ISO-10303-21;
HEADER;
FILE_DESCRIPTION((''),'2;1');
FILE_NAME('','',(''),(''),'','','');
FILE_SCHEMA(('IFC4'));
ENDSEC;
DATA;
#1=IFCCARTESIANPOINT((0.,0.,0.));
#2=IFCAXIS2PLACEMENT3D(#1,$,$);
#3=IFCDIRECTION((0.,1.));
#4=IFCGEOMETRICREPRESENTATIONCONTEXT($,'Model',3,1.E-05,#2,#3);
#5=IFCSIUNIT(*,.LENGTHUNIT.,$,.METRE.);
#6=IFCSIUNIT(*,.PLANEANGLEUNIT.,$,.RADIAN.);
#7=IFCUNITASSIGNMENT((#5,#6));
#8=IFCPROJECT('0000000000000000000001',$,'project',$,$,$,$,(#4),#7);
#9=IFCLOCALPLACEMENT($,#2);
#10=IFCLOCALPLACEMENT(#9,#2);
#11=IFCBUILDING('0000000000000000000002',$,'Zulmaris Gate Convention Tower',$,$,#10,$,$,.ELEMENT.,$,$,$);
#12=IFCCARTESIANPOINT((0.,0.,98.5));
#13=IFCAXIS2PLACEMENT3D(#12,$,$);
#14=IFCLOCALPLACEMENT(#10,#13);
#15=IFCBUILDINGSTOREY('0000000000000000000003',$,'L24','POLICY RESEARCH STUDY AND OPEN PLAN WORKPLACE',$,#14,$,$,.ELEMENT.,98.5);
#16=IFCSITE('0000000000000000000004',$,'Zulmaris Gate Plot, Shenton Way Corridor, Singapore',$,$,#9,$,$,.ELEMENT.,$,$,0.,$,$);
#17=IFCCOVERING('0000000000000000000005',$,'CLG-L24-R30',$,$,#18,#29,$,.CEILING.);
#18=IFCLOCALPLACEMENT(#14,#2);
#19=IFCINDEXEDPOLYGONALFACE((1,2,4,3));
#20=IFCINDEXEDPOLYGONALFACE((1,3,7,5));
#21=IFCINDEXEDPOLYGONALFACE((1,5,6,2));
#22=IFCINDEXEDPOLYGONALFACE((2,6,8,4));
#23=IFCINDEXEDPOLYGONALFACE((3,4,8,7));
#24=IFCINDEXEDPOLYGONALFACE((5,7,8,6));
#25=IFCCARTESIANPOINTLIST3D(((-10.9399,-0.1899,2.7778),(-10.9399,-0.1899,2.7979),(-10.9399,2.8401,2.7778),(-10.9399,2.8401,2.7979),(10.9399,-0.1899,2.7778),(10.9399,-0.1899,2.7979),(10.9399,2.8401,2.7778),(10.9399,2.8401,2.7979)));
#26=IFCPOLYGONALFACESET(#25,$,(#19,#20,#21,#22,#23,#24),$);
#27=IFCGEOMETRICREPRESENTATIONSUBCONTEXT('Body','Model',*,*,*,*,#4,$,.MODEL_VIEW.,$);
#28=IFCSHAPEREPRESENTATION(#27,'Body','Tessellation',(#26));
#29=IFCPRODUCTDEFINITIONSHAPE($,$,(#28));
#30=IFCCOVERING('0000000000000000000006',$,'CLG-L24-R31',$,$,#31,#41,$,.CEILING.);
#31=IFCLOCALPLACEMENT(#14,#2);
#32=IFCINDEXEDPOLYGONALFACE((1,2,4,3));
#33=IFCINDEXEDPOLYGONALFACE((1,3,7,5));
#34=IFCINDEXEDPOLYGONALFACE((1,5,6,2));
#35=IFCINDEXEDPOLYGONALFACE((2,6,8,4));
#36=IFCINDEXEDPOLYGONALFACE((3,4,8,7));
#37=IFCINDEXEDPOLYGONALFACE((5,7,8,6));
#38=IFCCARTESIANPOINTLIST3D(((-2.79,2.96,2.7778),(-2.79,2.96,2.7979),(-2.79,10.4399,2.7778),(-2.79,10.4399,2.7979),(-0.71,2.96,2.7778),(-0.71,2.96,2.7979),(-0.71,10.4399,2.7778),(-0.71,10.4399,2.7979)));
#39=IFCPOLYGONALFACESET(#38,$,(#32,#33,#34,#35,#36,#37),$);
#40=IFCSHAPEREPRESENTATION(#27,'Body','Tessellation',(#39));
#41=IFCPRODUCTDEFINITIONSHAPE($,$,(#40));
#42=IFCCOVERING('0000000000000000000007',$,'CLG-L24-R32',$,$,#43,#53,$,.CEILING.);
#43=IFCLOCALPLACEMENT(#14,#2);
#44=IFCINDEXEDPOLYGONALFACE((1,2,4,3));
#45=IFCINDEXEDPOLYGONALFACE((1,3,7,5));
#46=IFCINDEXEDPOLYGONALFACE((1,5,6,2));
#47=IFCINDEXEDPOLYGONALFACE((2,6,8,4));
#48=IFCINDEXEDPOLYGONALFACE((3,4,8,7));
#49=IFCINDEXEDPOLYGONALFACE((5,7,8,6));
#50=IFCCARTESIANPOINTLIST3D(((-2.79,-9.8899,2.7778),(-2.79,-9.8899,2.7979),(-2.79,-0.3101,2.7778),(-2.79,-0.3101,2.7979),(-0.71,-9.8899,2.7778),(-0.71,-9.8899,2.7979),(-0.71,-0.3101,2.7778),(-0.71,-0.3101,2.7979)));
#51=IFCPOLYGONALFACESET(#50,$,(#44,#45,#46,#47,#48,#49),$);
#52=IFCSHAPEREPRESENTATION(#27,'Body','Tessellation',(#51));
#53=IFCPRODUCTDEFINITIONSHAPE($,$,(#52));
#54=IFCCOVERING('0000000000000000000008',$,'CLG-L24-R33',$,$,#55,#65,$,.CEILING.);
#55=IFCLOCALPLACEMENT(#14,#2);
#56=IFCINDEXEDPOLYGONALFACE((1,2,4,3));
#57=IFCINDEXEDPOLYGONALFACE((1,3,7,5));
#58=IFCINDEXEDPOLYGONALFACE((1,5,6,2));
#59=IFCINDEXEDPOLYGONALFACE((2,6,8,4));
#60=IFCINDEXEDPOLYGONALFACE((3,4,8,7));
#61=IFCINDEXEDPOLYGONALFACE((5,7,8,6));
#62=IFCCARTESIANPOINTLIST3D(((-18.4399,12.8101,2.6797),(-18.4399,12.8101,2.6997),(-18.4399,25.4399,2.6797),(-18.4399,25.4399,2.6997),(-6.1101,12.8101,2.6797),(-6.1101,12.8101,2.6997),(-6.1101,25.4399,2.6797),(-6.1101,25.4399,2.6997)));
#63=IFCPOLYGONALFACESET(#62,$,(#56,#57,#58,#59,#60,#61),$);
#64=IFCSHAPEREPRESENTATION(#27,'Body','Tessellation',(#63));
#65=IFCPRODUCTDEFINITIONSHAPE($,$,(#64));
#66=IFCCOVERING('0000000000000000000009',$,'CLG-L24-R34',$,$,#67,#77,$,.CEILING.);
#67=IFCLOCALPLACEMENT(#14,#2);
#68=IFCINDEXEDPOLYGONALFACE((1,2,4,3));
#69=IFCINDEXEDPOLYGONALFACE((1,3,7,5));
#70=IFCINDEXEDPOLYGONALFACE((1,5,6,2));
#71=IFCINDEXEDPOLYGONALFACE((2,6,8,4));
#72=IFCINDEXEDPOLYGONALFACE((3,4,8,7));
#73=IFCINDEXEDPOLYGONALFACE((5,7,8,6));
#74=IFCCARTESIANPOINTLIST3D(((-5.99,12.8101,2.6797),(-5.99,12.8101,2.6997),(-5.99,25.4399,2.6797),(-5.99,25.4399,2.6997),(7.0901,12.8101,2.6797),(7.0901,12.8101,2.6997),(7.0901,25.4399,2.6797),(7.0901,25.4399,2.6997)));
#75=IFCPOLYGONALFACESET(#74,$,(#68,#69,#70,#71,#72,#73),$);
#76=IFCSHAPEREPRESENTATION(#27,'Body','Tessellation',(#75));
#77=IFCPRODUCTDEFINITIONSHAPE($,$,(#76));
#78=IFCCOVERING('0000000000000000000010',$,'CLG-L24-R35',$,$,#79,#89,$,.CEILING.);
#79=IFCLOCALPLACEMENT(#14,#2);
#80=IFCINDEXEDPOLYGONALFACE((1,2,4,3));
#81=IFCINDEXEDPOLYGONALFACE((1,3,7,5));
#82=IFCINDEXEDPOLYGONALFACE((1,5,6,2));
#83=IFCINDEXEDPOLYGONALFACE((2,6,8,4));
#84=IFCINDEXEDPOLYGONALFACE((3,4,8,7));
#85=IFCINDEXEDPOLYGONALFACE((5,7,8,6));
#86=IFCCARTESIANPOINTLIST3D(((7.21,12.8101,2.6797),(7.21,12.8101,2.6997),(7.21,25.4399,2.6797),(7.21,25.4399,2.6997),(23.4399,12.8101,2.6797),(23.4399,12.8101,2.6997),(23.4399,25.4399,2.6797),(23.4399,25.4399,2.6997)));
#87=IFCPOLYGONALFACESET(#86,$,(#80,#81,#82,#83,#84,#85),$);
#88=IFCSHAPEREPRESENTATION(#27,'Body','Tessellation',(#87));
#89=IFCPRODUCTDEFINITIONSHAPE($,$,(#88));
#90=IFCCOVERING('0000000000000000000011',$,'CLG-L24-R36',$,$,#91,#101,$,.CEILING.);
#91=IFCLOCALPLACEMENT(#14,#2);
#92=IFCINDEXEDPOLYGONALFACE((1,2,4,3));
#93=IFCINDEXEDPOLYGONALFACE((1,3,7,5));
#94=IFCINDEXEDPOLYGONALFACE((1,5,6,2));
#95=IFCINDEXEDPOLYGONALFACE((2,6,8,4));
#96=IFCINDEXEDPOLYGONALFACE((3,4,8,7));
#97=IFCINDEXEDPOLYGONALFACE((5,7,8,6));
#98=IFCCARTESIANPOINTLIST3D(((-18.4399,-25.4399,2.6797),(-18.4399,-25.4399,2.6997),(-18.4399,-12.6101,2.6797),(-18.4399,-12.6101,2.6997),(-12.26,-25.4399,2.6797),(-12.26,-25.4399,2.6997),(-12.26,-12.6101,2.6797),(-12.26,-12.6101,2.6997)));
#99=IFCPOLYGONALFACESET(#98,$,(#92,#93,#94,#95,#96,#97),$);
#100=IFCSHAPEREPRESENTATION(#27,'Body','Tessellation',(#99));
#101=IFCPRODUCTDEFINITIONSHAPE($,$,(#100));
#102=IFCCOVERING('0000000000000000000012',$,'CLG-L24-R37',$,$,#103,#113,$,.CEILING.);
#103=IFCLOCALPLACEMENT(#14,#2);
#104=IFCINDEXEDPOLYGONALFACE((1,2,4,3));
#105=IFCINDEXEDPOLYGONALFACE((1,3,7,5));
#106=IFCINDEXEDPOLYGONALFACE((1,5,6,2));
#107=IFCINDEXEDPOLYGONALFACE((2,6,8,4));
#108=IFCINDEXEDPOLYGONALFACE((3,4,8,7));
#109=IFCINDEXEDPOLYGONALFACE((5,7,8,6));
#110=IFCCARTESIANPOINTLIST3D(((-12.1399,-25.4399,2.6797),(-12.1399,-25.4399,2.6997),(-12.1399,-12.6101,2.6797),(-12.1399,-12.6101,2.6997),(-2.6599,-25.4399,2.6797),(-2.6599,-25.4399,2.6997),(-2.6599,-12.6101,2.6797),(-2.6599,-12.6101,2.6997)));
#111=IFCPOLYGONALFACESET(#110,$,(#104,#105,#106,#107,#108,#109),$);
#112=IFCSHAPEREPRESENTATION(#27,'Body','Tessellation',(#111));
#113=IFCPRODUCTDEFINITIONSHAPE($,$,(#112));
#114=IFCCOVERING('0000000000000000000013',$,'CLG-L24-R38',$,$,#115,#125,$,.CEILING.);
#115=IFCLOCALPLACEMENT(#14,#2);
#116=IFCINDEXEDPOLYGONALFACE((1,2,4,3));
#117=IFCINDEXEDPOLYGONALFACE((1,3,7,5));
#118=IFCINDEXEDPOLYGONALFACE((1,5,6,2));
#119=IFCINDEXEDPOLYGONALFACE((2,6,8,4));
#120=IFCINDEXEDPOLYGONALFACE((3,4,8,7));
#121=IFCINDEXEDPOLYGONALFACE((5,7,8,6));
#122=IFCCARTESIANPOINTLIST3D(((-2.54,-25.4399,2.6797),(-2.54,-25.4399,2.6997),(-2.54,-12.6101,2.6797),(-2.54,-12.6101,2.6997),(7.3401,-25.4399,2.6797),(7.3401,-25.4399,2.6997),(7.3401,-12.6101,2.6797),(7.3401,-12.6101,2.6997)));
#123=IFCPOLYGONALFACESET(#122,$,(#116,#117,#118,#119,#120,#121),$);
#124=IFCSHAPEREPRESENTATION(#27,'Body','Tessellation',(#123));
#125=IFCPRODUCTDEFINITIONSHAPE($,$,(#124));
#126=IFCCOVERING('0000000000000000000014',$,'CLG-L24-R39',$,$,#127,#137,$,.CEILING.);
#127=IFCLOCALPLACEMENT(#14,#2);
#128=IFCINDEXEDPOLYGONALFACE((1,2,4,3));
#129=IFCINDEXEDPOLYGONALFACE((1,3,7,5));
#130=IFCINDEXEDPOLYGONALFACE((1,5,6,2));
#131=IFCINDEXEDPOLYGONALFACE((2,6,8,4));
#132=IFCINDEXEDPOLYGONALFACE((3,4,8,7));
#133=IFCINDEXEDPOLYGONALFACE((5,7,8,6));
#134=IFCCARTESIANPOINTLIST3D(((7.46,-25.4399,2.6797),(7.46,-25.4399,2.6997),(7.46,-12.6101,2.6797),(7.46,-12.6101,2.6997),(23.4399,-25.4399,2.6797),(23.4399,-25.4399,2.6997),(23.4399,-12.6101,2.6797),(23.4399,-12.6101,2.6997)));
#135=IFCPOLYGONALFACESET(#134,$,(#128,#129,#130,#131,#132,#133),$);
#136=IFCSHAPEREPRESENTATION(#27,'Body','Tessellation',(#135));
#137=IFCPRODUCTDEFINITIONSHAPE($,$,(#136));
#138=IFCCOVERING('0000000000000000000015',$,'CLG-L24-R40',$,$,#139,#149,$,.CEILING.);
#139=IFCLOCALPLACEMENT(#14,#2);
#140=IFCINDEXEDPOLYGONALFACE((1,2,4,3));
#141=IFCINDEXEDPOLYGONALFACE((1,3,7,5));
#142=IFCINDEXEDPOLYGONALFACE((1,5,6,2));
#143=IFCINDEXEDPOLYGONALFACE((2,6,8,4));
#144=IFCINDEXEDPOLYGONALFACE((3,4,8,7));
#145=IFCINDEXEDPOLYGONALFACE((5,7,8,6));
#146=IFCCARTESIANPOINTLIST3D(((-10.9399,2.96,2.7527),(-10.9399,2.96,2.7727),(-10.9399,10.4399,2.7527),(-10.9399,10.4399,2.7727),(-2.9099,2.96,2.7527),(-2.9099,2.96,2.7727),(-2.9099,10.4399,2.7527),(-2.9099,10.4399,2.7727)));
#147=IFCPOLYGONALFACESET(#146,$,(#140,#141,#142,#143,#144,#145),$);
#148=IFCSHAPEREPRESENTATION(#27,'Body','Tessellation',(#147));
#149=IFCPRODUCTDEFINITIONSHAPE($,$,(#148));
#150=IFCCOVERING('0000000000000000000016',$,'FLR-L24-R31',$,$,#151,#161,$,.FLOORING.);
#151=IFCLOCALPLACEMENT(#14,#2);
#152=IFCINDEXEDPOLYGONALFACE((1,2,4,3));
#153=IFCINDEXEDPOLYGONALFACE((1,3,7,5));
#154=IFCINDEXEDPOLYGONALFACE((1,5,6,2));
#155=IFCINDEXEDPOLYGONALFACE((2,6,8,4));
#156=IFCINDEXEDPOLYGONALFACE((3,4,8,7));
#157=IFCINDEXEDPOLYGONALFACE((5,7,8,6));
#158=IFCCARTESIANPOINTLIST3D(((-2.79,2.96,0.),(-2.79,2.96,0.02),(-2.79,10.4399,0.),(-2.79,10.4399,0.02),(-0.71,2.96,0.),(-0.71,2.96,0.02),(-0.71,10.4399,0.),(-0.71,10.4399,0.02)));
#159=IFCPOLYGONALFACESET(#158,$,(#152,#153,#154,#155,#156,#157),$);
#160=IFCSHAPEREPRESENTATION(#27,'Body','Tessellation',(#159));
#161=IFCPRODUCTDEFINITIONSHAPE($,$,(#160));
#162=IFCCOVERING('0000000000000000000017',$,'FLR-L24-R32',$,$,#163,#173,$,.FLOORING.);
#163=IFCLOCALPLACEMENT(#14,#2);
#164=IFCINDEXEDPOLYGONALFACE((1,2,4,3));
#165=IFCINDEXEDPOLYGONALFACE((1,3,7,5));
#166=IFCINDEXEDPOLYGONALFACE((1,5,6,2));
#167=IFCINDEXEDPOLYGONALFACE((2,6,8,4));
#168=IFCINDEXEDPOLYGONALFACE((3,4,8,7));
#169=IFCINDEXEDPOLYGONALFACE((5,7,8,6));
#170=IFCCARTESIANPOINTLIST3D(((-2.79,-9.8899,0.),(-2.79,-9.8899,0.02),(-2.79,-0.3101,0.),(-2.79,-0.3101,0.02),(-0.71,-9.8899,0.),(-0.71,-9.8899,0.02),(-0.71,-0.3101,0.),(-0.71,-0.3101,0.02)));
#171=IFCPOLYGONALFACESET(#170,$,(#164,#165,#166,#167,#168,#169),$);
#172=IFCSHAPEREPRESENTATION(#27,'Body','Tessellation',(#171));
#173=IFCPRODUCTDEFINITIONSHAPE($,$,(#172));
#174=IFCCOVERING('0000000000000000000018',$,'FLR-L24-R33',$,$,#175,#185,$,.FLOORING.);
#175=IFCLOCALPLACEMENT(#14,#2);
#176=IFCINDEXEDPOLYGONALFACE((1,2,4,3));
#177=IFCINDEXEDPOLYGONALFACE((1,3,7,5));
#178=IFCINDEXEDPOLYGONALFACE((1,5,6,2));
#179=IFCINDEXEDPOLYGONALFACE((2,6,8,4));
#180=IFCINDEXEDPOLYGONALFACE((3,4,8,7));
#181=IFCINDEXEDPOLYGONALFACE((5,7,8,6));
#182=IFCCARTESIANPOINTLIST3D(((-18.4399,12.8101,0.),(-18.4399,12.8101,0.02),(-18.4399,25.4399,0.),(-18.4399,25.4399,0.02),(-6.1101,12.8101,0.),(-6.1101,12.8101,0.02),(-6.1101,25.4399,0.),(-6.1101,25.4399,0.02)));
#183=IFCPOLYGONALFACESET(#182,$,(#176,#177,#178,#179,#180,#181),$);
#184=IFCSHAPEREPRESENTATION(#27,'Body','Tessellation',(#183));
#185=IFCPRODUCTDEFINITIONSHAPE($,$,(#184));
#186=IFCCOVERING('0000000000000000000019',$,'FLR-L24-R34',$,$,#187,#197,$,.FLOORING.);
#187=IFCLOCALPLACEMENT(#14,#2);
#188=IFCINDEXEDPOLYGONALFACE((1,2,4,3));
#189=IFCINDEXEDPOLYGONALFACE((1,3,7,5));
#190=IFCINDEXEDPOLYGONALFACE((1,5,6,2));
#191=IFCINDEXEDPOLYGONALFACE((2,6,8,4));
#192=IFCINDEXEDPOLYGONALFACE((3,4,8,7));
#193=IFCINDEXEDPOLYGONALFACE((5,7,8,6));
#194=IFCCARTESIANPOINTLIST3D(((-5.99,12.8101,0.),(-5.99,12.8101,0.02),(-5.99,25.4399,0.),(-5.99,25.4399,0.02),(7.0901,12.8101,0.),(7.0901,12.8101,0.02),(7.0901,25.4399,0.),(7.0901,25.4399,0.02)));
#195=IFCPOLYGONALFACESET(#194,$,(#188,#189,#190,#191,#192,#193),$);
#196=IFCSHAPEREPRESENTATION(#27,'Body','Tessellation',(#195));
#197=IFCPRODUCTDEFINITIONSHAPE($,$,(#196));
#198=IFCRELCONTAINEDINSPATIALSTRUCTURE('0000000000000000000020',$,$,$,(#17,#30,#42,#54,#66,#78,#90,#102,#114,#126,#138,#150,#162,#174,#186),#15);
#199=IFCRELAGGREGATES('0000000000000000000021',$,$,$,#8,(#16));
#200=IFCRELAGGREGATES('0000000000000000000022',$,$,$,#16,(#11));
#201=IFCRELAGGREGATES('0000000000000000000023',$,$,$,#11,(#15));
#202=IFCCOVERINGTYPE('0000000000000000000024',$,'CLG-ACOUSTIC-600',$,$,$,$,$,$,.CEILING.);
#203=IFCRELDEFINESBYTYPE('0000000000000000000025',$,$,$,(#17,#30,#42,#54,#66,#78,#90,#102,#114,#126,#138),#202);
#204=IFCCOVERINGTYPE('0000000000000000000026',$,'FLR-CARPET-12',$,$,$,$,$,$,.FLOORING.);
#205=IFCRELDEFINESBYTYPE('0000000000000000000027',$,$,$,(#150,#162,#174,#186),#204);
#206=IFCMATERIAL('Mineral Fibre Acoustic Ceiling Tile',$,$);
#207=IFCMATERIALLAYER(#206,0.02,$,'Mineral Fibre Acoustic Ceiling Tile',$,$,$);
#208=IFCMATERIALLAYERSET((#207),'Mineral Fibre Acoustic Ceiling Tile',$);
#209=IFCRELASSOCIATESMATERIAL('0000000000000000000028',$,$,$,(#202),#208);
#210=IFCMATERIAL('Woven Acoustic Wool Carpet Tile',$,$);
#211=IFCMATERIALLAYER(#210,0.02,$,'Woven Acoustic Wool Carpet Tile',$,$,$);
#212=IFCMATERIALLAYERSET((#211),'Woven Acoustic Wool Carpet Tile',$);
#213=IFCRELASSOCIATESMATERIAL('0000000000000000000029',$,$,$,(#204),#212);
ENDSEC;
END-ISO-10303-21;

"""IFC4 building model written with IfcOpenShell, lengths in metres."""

from ifc_helpers import new_model, si_unit, direction, frame, origin, place, context, subcontext, project, spatial, polyline, outline, extrude, material, layer, layer_set, type_object, element, save


model = new_model("IFC4")

# Units and contexts
model_context = context("Model", 3, precision=1e-05, world=origin(), true_north=direction((0.0, 1.0)))
body_context = subcontext(model_context, "Body", "Model", "MODEL_VIEW")
ifc_project = project(units=[si_unit("LENGTHUNIT", "METRE"), si_unit("PLANEANGLEUNIT", "RADIAN")], contexts=[model_context])

# Site, building, storey
site_placement = place(None, origin())
site = spatial("IfcSite", under=ifc_project, at=site_placement, Name="Zulmaris Gate Plot, Shenton Way Corridor, Singapore", CompositionType="ELEMENT", RefElevation=0.0)
building_placement = place(site_placement, origin())
building = spatial("IfcBuilding", under=site, at=building_placement, Name="Zulmaris Gate Convention Tower", CompositionType="ELEMENT")
storey_placement = place(building_placement, frame((0.0, 0.0, 98.5)))
storey = spatial("IfcBuildingStorey", under=building, at=storey_placement, Name="L24", Description="POLICY RESEARCH STUDY AND OPEN PLAN WORKPLACE", CompositionType="ELEMENT", Elevation=98.5)

# Coverings
ifc_material_1 = material(Name="Mineral Fibre Acoustic Ceiling Tile")
ifc_layer_1 = layer(ifc_material_1, 0.02, Name="Mineral Fibre Acoustic Ceiling Tile")
ifc_layer_set_1 = layer_set([ifc_layer_1], Name="Mineral Fibre Acoustic Ceiling Tile")
covering_type_1 = type_object("IfcCoveringType", Name="CLG-ACOUSTIC-600", PredefinedType="CEILING", material=ifc_layer_set_1)
covering_1_placement = place(storey_placement, frame((0.0, 0.0, 2.7778)))
element("IfcCovering", 1, at=covering_1_placement, inside=storey, type_object=covering_type_1, Name="CLG-L24-R30", PredefinedType="CEILING", context=body_context, shape_type="SweptSolid", body=[
    extrude(outline(polyline([(-10.9399, -0.1899), (10.9399, -0.1899), (10.9399, 2.8401), (-10.9399, 2.8401), (-10.9399, -0.1899)])), origin(), (0.0, 0.0, 1.0), 0.02),
])
covering_2_placement = place(storey_placement, frame((0.0, 0.0, 2.7778)))
element("IfcCovering", 2, at=covering_2_placement, inside=storey, type_object=covering_type_1, Name="CLG-L24-R31", PredefinedType="CEILING", context=body_context, shape_type="SweptSolid", body=[
    extrude(outline(polyline([(-2.79, 2.96), (-0.71, 2.96), (-0.71, 10.4399), (-2.79, 10.4399), (-2.79, 2.96)])), origin(), (0.0, 0.0, 1.0), 0.02),
])
covering_3_placement = place(storey_placement, frame((0.0, 0.0, 2.7778)))
element("IfcCovering", 3, at=covering_3_placement, inside=storey, type_object=covering_type_1, Name="CLG-L24-R32", PredefinedType="CEILING", context=body_context, shape_type="SweptSolid", body=[
    extrude(outline(polyline([(-2.79, -9.8899), (-0.71, -9.8899), (-0.71, -0.3101), (-2.79, -0.3101), (-2.79, -9.8899)])), origin(), (0.0, 0.0, 1.0), 0.02),
])
covering_4_placement = place(storey_placement, frame((0.0, 0.0, 2.6797)))
element("IfcCovering", 4, at=covering_4_placement, inside=storey, type_object=covering_type_1, Name="CLG-L24-R33", PredefinedType="CEILING", context=body_context, shape_type="SweptSolid", body=[
    extrude(outline(polyline([(-18.4399, 12.8101), (-6.1101, 12.8101), (-6.1101, 25.4399), (-18.4399, 25.4399), (-18.4399, 12.8101)])), origin(), (0.0, 0.0, 1.0), 0.02),
])
covering_5_placement = place(storey_placement, frame((0.0, 0.0, 2.6797)))
element("IfcCovering", 5, at=covering_5_placement, inside=storey, type_object=covering_type_1, Name="CLG-L24-R34", PredefinedType="CEILING", context=body_context, shape_type="SweptSolid", body=[
    extrude(outline(polyline([(-5.99, 12.8101), (7.0901, 12.8101), (7.0901, 25.4399), (-5.99, 25.4399), (-5.99, 12.8101)])), origin(), (0.0, 0.0, 1.0), 0.02),
])
covering_6_placement = place(storey_placement, frame((0.0, 0.0, 2.6797)))
element("IfcCovering", 6, at=covering_6_placement, inside=storey, type_object=covering_type_1, Name="CLG-L24-R35", PredefinedType="CEILING", context=body_context, shape_type="SweptSolid", body=[
    extrude(outline(polyline([(7.21, 12.8101), (23.4399, 12.8101), (23.4399, 25.4399), (7.21, 25.4399), (7.21, 12.8101)])), origin(), (0.0, 0.0, 1.0), 0.02),
])
covering_7_placement = place(storey_placement, frame((0.0, 0.0, 2.6797)))
element("IfcCovering", 7, at=covering_7_placement, inside=storey, type_object=covering_type_1, Name="CLG-L24-R36", PredefinedType="CEILING", context=body_context, shape_type="SweptSolid", body=[
    extrude(outline(polyline([(-18.4399, -25.4399), (-12.26, -25.4399), (-12.26, -12.6101), (-18.4399, -12.6101), (-18.4399, -25.4399)])), origin(), (0.0, 0.0, 1.0), 0.02),
])
covering_8_placement = place(storey_placement, frame((0.0, 0.0, 2.6797)))
element("IfcCovering", 8, at=covering_8_placement, inside=storey, type_object=covering_type_1, Name="CLG-L24-R37", PredefinedType="CEILING", context=body_context, shape_type="SweptSolid", body=[
    extrude(outline(polyline([(-12.1399, -25.4399), (-2.6599, -25.4399), (-2.6599, -12.6101), (-12.1399, -12.6101), (-12.1399, -25.4399)])), origin(), (0.0, 0.0, 1.0), 0.02),
])
covering_9_placement = place(storey_placement, frame((0.0, 0.0, 2.6797)))
element("IfcCovering", 9, at=covering_9_placement, inside=storey, type_object=covering_type_1, Name="CLG-L24-R38", PredefinedType="CEILING", context=body_context, shape_type="SweptSolid", body=[
    extrude(outline(polyline([(-2.54, -25.4399), (7.3401, -25.4399), (7.3401, -12.6101), (-2.54, -12.6101), (-2.54, -25.4399)])), origin(), (0.0, 0.0, 1.0), 0.02),
])
covering_10_placement = place(storey_placement, frame((0.0, 0.0, 2.6797)))
element("IfcCovering", 10, at=covering_10_placement, inside=storey, type_object=covering_type_1, Name="CLG-L24-R39", PredefinedType="CEILING", context=body_context, shape_type="SweptSolid", body=[
    extrude(outline(polyline([(7.46, -25.4399), (23.4399, -25.4399), (23.4399, -12.6101), (7.46, -12.6101), (7.46, -25.4399)])), origin(), (0.0, 0.0, 1.0), 0.02),
])
covering_11_placement = place(storey_placement, frame((0.0, 0.0, 2.7527)))
element("IfcCovering", 11, at=covering_11_placement, inside=storey, type_object=covering_type_1, Name="CLG-L24-R40", PredefinedType="CEILING", context=body_context, shape_type="SweptSolid", body=[
    extrude(outline(polyline([(-10.9399, 2.96), (-2.9099, 2.96), (-2.9099, 10.4399), (-10.9399, 10.4399), (-10.9399, 2.96)])), origin(), (0.0, 0.0, 1.0), 0.02),
])
ifc_material_2 = material(Name="Woven Acoustic Wool Carpet Tile")
ifc_layer_2 = layer(ifc_material_2, 0.02, Name="Woven Acoustic Wool Carpet Tile")
ifc_layer_set_2 = layer_set([ifc_layer_2], Name="Woven Acoustic Wool Carpet Tile")
covering_type_2 = type_object("IfcCoveringType", Name="FLR-CARPET-12", PredefinedType="FLOORING", material=ifc_layer_set_2)
covering_12_placement = place(storey_placement, origin())
element("IfcCovering", 12, at=covering_12_placement, inside=storey, type_object=covering_type_2, Name="FLR-L24-R31", PredefinedType="FLOORING", context=body_context, shape_type="SweptSolid", body=[
    extrude(outline(polyline([(-2.79, 2.96), (-0.71, 2.96), (-0.71, 10.4399), (-2.79, 10.4399), (-2.79, 2.96)])), origin(), (0.0, 0.0, 1.0), 0.02),
])
covering_13_placement = place(storey_placement, origin())
element("IfcCovering", 13, at=covering_13_placement, inside=storey, type_object=covering_type_2, Name="FLR-L24-R32", PredefinedType="FLOORING", context=body_context, shape_type="SweptSolid", body=[
    extrude(outline(polyline([(-2.79, -9.8899), (-0.71, -9.8899), (-0.71, -0.3101), (-2.79, -0.3101), (-2.79, -9.8899)])), origin(), (0.0, 0.0, 1.0), 0.02),
])
covering_14_placement = place(storey_placement, origin())
element("IfcCovering", 14, at=covering_14_placement, inside=storey, type_object=covering_type_2, Name="FLR-L24-R33", PredefinedType="FLOORING", context=body_context, shape_type="SweptSolid", body=[
    extrude(outline(polyline([(-18.4399, 12.8101), (-6.1101, 12.8101), (-6.1101, 25.4399), (-18.4399, 25.4399), (-18.4399, 12.8101)])), origin(), (0.0, 0.0, 1.0), 0.02),
])
covering_15_placement = place(storey_placement, origin())
element("IfcCovering", 15, at=covering_15_placement, inside=storey, type_object=covering_type_2, Name="FLR-L24-R34", PredefinedType="FLOORING", context=body_context, shape_type="SweptSolid", body=[
    extrude(outline(polyline([(-5.99, 12.8101), (7.0901, 12.8101), (7.0901, 25.4399), (-5.99, 25.4399), (-5.99, 12.8101)])), origin(), (0.0, 0.0, 1.0), 0.02),
])

save(model, "model.ifc")
